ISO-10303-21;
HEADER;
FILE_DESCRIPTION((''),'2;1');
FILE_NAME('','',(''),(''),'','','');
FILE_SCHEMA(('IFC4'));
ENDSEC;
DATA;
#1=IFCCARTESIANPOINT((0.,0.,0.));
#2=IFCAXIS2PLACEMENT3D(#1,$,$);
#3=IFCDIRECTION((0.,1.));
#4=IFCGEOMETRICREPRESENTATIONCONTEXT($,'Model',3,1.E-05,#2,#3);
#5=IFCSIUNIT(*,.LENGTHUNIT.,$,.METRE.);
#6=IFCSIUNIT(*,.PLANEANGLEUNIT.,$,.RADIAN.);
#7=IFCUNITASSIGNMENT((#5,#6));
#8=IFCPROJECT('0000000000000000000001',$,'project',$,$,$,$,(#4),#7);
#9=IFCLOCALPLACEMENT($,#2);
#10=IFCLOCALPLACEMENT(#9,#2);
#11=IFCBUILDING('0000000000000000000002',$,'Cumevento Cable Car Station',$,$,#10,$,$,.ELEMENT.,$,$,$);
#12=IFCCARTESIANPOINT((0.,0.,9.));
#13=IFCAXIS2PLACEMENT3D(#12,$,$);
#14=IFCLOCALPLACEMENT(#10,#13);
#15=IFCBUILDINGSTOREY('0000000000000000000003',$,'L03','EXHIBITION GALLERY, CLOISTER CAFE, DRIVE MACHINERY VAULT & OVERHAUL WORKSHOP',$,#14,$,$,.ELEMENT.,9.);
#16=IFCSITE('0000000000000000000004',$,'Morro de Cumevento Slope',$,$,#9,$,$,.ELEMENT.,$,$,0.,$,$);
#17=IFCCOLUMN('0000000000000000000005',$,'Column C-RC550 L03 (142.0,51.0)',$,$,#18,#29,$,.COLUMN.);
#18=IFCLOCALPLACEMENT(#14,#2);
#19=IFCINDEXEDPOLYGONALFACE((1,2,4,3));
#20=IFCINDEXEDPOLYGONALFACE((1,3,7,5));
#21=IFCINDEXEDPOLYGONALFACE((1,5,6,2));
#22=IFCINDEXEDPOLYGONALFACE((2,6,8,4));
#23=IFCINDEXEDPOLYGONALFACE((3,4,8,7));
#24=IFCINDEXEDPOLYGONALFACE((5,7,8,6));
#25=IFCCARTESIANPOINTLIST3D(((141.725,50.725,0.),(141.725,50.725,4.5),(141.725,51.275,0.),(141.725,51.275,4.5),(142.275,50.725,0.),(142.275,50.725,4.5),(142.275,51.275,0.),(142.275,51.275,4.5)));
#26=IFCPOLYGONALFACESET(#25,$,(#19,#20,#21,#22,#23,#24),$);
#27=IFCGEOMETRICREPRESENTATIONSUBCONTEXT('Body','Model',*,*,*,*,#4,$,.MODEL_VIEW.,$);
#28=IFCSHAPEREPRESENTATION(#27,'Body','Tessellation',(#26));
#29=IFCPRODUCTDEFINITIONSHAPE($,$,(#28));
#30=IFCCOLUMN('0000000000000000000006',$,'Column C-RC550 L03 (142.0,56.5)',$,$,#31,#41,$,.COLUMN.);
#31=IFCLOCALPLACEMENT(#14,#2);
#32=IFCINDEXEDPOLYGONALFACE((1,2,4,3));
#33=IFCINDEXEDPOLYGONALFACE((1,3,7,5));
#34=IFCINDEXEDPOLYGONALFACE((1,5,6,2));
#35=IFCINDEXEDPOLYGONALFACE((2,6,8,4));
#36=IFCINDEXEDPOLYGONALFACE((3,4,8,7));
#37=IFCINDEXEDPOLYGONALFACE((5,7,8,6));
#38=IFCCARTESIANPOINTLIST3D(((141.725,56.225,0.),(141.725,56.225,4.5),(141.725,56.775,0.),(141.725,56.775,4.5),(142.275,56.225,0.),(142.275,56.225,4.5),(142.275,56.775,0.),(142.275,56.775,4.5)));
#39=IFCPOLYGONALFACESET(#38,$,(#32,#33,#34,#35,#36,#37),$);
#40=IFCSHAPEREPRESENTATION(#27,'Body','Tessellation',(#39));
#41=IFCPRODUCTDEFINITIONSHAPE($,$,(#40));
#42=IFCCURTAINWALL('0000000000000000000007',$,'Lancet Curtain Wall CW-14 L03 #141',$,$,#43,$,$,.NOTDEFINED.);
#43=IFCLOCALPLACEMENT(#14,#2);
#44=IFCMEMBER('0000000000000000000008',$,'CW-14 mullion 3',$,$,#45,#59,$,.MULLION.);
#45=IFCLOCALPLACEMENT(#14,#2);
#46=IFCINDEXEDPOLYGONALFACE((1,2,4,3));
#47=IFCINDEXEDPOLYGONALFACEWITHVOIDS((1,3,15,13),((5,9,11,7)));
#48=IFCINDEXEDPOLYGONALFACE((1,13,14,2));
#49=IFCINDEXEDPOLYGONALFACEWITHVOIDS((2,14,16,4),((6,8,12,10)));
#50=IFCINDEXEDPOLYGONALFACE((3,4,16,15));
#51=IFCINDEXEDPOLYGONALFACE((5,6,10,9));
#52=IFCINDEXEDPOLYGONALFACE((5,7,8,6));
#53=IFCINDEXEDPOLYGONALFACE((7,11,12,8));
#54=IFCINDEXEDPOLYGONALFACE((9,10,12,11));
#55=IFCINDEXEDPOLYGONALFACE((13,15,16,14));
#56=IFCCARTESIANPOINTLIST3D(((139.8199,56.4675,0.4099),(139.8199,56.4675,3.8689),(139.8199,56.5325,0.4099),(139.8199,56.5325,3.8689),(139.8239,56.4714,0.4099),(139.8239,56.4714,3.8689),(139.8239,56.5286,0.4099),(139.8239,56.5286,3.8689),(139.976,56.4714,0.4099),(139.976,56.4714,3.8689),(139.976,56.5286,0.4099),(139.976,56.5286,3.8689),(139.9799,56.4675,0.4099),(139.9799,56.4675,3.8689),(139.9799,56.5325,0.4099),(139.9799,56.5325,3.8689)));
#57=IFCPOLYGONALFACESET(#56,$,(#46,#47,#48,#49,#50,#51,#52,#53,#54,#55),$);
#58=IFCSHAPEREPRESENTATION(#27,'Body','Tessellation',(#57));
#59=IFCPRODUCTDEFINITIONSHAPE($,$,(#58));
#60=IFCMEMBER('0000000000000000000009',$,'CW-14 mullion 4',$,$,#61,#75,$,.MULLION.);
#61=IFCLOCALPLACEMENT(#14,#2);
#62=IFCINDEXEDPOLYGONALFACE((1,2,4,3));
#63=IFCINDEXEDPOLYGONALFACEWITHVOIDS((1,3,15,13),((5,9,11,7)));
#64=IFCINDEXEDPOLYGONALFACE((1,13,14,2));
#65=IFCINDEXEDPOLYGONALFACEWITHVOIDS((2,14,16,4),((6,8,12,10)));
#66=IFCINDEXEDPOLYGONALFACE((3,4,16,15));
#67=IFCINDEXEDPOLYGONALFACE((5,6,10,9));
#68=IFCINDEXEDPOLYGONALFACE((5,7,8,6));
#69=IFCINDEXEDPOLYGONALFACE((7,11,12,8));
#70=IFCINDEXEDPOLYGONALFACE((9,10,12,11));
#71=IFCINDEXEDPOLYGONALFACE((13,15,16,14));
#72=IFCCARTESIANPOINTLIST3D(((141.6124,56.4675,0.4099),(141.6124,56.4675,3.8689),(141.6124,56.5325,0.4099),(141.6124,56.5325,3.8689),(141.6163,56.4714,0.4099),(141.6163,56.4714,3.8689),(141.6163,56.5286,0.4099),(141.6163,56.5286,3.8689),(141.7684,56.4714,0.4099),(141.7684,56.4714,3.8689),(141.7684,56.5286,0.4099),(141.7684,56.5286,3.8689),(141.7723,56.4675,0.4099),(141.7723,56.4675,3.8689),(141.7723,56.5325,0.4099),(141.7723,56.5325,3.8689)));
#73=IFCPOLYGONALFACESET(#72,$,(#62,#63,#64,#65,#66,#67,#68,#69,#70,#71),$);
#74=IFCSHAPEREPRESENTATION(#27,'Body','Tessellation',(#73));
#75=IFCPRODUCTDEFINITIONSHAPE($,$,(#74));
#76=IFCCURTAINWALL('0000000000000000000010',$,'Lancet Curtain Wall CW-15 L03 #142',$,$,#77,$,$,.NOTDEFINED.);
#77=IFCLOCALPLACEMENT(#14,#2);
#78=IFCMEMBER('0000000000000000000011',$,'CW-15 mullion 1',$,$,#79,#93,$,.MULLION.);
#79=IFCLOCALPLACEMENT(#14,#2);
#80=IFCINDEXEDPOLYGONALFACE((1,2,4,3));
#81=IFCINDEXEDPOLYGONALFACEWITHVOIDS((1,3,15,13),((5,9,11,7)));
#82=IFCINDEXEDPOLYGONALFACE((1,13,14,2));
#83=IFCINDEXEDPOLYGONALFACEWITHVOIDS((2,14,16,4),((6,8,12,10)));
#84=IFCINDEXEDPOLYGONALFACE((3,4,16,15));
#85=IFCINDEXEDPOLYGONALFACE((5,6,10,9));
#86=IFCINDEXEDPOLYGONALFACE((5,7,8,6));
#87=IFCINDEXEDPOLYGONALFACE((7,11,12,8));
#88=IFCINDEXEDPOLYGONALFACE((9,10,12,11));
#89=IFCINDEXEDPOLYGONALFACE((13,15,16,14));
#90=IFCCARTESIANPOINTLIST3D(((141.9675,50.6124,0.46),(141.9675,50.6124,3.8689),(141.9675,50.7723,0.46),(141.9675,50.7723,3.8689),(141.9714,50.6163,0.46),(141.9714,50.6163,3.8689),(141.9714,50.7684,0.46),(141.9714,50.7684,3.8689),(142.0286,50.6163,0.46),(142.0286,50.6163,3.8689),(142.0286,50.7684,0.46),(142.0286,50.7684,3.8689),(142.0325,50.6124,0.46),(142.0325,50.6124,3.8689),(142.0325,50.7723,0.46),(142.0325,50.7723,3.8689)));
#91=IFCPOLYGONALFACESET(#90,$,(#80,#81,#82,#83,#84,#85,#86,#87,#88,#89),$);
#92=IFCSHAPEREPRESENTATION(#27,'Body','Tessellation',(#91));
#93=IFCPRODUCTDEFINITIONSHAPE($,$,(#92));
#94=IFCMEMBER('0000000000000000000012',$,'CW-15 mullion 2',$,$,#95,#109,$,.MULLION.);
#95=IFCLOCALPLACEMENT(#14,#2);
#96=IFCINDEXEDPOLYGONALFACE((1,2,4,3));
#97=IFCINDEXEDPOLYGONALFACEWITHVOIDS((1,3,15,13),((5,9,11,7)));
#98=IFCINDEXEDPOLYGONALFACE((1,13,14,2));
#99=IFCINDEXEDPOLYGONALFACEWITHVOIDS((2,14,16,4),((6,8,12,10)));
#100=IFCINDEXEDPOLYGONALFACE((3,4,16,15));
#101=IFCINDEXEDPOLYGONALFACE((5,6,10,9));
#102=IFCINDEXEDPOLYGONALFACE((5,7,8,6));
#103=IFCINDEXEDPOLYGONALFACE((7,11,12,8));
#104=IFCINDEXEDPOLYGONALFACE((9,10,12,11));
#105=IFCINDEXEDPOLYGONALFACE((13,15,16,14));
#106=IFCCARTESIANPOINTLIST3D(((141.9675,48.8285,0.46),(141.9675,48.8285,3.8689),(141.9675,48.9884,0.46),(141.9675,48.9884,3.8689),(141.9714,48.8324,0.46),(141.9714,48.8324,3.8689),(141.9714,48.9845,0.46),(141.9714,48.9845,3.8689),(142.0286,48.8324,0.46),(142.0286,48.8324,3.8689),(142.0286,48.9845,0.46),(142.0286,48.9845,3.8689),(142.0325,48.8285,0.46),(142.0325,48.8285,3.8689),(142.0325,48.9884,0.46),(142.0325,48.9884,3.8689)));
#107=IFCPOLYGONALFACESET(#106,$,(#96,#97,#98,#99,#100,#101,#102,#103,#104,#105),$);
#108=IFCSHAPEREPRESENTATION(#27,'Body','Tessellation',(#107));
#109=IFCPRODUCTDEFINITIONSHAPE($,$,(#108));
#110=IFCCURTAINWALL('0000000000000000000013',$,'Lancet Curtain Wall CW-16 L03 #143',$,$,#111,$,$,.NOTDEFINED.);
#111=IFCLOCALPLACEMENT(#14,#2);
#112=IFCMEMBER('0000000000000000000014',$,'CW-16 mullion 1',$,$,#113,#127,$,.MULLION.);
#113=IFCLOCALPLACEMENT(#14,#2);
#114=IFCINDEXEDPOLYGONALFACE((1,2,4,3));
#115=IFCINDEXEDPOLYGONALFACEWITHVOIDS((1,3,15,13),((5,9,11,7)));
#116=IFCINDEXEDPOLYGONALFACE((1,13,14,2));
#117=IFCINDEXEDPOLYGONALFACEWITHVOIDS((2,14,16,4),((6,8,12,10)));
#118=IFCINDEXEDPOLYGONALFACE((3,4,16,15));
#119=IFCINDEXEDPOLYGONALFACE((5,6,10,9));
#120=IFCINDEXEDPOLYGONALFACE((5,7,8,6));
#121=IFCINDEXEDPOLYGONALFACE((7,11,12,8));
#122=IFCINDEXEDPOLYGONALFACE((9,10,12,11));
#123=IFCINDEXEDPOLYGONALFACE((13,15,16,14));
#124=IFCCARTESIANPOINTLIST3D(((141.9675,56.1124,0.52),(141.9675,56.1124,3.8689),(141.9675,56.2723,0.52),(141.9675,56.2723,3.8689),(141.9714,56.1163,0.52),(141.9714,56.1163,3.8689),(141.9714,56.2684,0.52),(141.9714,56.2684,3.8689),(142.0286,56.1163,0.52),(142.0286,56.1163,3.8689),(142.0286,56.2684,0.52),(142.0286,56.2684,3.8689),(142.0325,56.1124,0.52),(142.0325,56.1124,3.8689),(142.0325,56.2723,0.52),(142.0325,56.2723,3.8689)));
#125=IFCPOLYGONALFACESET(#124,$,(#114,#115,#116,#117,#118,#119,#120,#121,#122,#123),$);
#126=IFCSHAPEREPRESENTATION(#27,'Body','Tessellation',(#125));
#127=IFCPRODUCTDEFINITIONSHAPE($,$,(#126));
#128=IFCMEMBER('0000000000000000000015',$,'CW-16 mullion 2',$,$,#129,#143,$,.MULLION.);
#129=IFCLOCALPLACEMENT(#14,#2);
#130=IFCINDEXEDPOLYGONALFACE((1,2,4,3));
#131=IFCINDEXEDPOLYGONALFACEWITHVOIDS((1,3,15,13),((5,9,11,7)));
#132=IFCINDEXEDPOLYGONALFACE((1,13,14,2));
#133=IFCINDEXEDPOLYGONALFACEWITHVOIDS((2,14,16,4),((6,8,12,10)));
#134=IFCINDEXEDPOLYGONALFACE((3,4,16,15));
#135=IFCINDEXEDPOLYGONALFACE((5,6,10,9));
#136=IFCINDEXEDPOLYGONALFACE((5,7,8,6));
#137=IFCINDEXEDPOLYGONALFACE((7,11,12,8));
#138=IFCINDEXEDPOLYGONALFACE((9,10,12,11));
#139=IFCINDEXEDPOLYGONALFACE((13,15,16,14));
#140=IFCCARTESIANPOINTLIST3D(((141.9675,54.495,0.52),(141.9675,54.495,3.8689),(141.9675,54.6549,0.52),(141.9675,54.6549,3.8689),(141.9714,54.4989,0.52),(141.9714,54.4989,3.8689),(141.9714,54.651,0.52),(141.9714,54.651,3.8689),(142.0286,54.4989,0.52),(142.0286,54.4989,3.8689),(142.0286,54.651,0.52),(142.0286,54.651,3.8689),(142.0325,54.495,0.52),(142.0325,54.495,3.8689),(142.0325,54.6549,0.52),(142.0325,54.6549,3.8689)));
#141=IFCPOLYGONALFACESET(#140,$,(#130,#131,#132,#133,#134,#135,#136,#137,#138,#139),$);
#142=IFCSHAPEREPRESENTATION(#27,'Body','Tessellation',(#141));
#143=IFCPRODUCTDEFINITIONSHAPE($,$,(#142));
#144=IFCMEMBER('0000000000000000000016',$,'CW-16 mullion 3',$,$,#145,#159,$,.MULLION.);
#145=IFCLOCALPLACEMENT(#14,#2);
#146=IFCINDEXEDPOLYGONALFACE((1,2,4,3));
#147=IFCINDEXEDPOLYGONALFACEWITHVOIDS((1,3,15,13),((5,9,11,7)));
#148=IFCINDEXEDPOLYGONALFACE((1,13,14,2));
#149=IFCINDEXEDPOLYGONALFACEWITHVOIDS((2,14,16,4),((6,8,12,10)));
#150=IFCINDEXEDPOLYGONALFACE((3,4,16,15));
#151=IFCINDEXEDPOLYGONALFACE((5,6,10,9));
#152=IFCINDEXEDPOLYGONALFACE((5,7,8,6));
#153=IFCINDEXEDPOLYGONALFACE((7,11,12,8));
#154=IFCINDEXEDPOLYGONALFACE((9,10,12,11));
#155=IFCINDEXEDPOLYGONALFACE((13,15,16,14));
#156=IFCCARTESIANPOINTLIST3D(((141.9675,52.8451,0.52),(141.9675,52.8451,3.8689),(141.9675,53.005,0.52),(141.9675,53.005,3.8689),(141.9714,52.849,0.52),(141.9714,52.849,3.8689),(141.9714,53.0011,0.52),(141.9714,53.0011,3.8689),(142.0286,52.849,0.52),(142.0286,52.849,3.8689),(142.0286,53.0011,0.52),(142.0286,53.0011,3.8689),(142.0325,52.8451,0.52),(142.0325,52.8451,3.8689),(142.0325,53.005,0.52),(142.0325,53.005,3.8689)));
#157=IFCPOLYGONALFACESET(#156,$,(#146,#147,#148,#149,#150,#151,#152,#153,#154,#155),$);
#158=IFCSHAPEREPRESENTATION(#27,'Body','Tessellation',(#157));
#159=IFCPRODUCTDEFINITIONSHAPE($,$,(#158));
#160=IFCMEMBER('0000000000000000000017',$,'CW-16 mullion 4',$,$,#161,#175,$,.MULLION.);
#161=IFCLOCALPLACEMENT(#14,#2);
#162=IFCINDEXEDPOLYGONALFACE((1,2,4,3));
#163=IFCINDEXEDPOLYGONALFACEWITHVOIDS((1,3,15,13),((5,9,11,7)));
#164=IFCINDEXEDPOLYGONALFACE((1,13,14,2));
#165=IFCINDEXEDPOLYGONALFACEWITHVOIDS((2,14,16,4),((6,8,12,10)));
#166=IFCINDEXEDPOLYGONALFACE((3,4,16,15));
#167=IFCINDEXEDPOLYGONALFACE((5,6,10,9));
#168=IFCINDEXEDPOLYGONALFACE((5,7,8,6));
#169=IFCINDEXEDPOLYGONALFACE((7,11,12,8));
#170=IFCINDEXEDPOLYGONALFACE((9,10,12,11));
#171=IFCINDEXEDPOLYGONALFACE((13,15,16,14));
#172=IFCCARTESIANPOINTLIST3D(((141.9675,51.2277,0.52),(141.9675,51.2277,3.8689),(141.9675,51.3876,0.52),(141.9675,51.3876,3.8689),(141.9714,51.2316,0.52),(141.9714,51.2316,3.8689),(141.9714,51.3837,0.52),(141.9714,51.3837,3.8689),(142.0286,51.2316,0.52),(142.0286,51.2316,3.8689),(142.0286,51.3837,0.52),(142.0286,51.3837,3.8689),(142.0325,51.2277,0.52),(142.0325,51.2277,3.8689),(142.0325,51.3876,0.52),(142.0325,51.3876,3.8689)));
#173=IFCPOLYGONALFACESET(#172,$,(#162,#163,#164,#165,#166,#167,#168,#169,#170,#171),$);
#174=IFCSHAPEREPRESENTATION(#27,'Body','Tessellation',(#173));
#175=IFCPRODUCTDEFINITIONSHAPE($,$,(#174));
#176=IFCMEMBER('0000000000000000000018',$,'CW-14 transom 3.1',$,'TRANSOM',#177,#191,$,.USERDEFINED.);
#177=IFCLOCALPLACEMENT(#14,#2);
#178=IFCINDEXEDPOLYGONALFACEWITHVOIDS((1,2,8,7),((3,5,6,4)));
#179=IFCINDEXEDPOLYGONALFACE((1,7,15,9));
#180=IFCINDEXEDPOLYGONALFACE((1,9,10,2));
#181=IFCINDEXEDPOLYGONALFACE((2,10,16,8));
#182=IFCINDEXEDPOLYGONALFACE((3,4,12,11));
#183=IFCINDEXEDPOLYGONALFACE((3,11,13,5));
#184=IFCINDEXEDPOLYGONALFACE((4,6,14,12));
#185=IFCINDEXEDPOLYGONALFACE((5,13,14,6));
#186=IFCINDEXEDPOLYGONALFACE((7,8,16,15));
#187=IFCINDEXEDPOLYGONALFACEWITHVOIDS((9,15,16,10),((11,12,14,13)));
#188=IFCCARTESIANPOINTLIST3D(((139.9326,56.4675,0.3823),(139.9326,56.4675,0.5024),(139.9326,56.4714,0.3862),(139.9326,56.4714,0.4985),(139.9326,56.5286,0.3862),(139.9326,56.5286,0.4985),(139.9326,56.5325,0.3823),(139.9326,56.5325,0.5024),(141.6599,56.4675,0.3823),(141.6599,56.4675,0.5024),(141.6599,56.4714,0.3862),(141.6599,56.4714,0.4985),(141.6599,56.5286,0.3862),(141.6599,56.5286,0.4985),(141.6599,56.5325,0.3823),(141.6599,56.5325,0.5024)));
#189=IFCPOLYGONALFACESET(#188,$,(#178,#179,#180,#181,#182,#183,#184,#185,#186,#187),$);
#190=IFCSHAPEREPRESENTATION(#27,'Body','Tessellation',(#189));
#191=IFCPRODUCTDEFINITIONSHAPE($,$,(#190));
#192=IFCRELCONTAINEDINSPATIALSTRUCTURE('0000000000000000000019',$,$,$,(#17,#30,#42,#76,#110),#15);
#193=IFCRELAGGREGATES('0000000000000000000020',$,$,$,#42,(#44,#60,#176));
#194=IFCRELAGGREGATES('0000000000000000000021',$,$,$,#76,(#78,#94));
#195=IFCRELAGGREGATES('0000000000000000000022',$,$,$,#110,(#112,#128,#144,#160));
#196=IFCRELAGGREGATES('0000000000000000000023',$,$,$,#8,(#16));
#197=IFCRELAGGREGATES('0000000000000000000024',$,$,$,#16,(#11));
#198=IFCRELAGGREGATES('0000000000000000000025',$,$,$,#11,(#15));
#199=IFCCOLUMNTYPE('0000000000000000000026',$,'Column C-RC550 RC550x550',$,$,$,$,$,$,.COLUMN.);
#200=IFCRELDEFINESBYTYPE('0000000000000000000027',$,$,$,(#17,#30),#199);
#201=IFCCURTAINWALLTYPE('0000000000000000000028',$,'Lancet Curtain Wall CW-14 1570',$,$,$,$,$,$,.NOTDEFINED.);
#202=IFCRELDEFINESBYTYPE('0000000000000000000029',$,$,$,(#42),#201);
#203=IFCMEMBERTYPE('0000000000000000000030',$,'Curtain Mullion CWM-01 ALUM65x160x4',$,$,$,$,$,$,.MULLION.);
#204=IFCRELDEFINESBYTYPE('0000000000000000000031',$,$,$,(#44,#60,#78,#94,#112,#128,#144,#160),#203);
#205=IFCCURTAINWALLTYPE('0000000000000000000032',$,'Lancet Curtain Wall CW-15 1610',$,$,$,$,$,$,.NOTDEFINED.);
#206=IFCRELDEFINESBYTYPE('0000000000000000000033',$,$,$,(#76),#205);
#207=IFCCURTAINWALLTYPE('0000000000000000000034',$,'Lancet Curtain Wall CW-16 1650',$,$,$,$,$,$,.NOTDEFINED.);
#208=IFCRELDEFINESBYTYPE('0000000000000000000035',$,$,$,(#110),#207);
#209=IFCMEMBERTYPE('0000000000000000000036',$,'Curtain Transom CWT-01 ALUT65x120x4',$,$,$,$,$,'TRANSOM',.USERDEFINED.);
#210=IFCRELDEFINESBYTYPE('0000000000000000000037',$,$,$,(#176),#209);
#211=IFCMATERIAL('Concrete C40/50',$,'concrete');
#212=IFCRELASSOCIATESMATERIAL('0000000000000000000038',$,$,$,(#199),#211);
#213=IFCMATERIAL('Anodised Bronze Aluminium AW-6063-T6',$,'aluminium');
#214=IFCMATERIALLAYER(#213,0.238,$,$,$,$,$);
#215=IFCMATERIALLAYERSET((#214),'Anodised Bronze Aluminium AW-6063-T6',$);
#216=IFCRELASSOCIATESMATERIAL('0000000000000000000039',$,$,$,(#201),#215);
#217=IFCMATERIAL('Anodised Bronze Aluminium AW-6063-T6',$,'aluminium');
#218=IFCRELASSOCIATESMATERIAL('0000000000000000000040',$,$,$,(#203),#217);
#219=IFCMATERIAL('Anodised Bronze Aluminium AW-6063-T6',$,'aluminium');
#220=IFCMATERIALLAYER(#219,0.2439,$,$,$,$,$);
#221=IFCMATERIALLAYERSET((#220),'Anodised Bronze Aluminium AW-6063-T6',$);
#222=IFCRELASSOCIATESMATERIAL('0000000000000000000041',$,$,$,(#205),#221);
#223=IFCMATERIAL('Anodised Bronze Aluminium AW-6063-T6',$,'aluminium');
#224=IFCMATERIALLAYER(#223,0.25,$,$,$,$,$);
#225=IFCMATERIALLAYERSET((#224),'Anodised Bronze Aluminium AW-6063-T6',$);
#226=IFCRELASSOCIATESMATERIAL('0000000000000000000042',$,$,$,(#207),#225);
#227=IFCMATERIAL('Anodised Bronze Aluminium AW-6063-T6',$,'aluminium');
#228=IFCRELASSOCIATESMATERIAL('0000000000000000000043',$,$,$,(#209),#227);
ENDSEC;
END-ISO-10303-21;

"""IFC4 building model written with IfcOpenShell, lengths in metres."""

from ifc_helpers import new_model, si_unit, direction, frame, origin, origin_2d, place, context, subcontext, project, spatial, rectangle, hollow_rectangle, extrude, material, layer, layer_set, material_profile, profile_set, type_object, element, aggregate, save


model = new_model("IFC4")

# Units and contexts
model_context = context("Model", 3, precision=1e-05, world=origin(), true_north=direction((0.0, 1.0)))
body_context = subcontext(model_context, "Body", "Model", "MODEL_VIEW")
ifc_project = project(units=[si_unit("LENGTHUNIT", "METRE"), si_unit("PLANEANGLEUNIT", "RADIAN")], contexts=[model_context])

# Site, building, storey
site_placement = place(None, origin())
site = spatial("IfcSite", under=ifc_project, at=site_placement, Name="Morro de Cumevento Slope", CompositionType="ELEMENT", RefElevation=0.0)
building_placement = place(site_placement, origin())
building = spatial("IfcBuilding", under=site, at=building_placement, Name="Cumevento Cable Car Station", CompositionType="ELEMENT")
storey_placement = place(building_placement, frame((0.0, 0.0, 9.0)))
storey = spatial("IfcBuildingStorey", under=building, at=storey_placement, Name="L03", Description="EXHIBITION GALLERY, CLOISTER CAFE, DRIVE MACHINERY VAULT & OVERHAUL WORKSHOP", CompositionType="ELEMENT", Elevation=9.0)

# Columns
ifc_material_1 = material(Name="Concrete C40/50", Category="concrete")
ifc_material_profile_1 = material_profile(ifc_material_1, rectangle(XDim=0.55, YDim=0.55, at=origin_2d()), Name="RC550x550")
ifc_profile_set_1 = profile_set([ifc_material_profile_1], Name="Concrete C40/50")
column_type = type_object("IfcColumnType", Name="Column C-RC550 RC550x550", PredefinedType="COLUMN", material=ifc_profile_set_1)
for number, where, z_axis, x_axis, name in (
    (1, (142.0, 51.0, 0.0), (0.0, 0.0, 1.0), (1.0, 0.0, 0.0), "Column C-RC550 L03 (142.0,51.0)"),
    (2, (142.0, 56.5, 0.0), (0.0, 0.0, 1.0), (1.0, 0.0, 0.0), "Column C-RC550 L03 (142.0,56.5)"),
):
    element("IfcColumn", number, at=place(storey_placement, frame(where, z_axis=z_axis, x_axis=x_axis)), inside=storey, type_object=column_type, Name=name, PredefinedType="COLUMN", context=body_context, shape_type="SweptSolid", body=[
        extrude(rectangle(XDim=0.55, YDim=0.55, at=origin_2d()), origin(), (0.0, 0.0, 1.0), 4.5),
    ])

# Curtain walls, members
ifc_material_2 = material(Name="Anodised Bronze Aluminium AW-6063-T6", Category="aluminium")
ifc_layer_1 = layer(ifc_material_2, 0.238)
ifc_layer_set_1 = layer_set([ifc_layer_1], Name="Anodised Bronze Aluminium AW-6063-T6")
curtain_wall_type_1 = type_object("IfcCurtainWallType", Name="Lancet Curtain Wall CW-14 1570", PredefinedType="NOTDEFINED", material=ifc_layer_set_1)
curtain_wall_1_placement = place(storey_placement, origin())
curtain_wall_1 = element("IfcCurtainWall", 3, at=curtain_wall_1_placement, inside=storey, type_object=curtain_wall_type_1, Name="Lancet Curtain Wall CW-14 L03 #141", PredefinedType="NOTDEFINED")
ifc_material_3 = material(Name="Anodised Bronze Aluminium AW-6063-T6", Category="aluminium")
ifc_material_profile_2 = material_profile(ifc_material_3, hollow_rectangle(XDim=0.0649, YDim=0.1599, WallThickness=0.0039, at=origin_2d()), Name="ALUM65x160x4")
ifc_profile_set_2 = profile_set([ifc_material_profile_2], Name="Anodised Bronze Aluminium AW-6063-T6")
member_type_1 = type_object("IfcMemberType", Name="Curtain Mullion CWM-01 ALUM65x160x4", PredefinedType="MULLION", material=ifc_profile_set_2)
member_1_placement = place(storey_placement, frame((139.8999, 56.5, 0.4099), z_axis=(0.0, 0.0, 1.0), x_axis=(0.0, 1.0, 0.0)))
member_1 = element("IfcMember", 4, at=member_1_placement, type_object=member_type_1, Name="CW-14 mullion 3", PredefinedType="MULLION", context=body_context, shape_type="SweptSolid", body=[
    extrude(hollow_rectangle(XDim=0.0649, YDim=0.1599, WallThickness=0.0039, at=origin_2d()), origin(), (0.0, 0.0, 1.0), 3.459),
])
member_2_placement = place(storey_placement, frame((141.6924, 56.5, 0.4099), z_axis=(0.0, 0.0, 1.0), x_axis=(0.0, 1.0, 0.0)))
member_2 = element("IfcMember", 5, at=member_2_placement, type_object=member_type_1, Name="CW-14 mullion 4", PredefinedType="MULLION", context=body_context, shape_type="SweptSolid", body=[
    extrude(hollow_rectangle(XDim=0.0649, YDim=0.1599, WallThickness=0.0039, at=origin_2d()), origin(), (0.0, 0.0, 1.0), 3.459),
])
ifc_material_4 = material(Name="Anodised Bronze Aluminium AW-6063-T6", Category="aluminium")
ifc_layer_2 = layer(ifc_material_4, 0.2439)
ifc_layer_set_2 = layer_set([ifc_layer_2], Name="Anodised Bronze Aluminium AW-6063-T6")
curtain_wall_type_2 = type_object("IfcCurtainWallType", Name="Lancet Curtain Wall CW-15 1610", PredefinedType="NOTDEFINED", material=ifc_layer_set_2)
curtain_wall_2_placement = place(storey_placement, origin())
curtain_wall_2 = element("IfcCurtainWall", 6, at=curtain_wall_2_placement, inside=storey, type_object=curtain_wall_type_2, Name="Lancet Curtain Wall CW-15 L03 #142", PredefinedType="NOTDEFINED")
member_3_placement = place(storey_placement, frame((142.0, 50.6924, 0.46), z_axis=(0.0, 0.0, 1.0), x_axis=(1.0, 0.0, 0.0)))
member_3 = element("IfcMember", 7, at=member_3_placement, type_object=member_type_1, Name="CW-15 mullion 1", PredefinedType="MULLION", context=body_context, shape_type="SweptSolid", body=[
    extrude(hollow_rectangle(XDim=0.0649, YDim=0.1599, WallThickness=0.0039, at=origin_2d()), origin(), (0.0, 0.0, 1.0), 3.4089),
])
member_4_placement = place(storey_placement, frame((142.0, 48.9084, 0.46), z_axis=(0.0, 0.0, 1.0), x_axis=(1.0, 0.0, 0.0)))
member_4 = element("IfcMember", 8, at=member_4_placement, type_object=member_type_1, Name="CW-15 mullion 2", PredefinedType="MULLION", context=body_context, shape_type="SweptSolid", body=[
    extrude(hollow_rectangle(XDim=0.0649, YDim=0.1599, WallThickness=0.0039, at=origin_2d()), origin(), (0.0, 0.0, 1.0), 3.4089),
])
ifc_material_5 = material(Name="Anodised Bronze Aluminium AW-6063-T6", Category="aluminium")
ifc_layer_3 = layer(ifc_material_5, 0.25)
ifc_layer_set_3 = layer_set([ifc_layer_3], Name="Anodised Bronze Aluminium AW-6063-T6")
curtain_wall_type_3 = type_object("IfcCurtainWallType", Name="Lancet Curtain Wall CW-16 1650", PredefinedType="NOTDEFINED", material=ifc_layer_set_3)
curtain_wall_3_placement = place(storey_placement, origin())
curtain_wall_3 = element("IfcCurtainWall", 9, at=curtain_wall_3_placement, inside=storey, type_object=curtain_wall_type_3, Name="Lancet Curtain Wall CW-16 L03 #143", PredefinedType="NOTDEFINED")
member_5_placement = place(storey_placement, frame((142.0, 56.1924, 0.52), z_axis=(0.0, 0.0, 1.0), x_axis=(1.0, 0.0, 0.0)))
member_5 = element("IfcMember", 10, at=member_5_placement, type_object=member_type_1, Name="CW-16 mullion 1", PredefinedType="MULLION", context=body_context, shape_type="SweptSolid", body=[
    extrude(hollow_rectangle(XDim=0.0649, YDim=0.1599, WallThickness=0.0039, at=origin_2d()), origin(), (0.0, 0.0, 1.0), 3.3489),
])
member_6_placement = place(storey_placement, frame((142.0, 54.575, 0.52), z_axis=(0.0, 0.0, 1.0), x_axis=(1.0, 0.0, 0.0)))
member_6 = element("IfcMember", 11, at=member_6_placement, type_object=member_type_1, Name="CW-16 mullion 2", PredefinedType="MULLION", context=body_context, shape_type="SweptSolid", body=[
    extrude(hollow_rectangle(XDim=0.0649, YDim=0.1599, WallThickness=0.0039, at=origin_2d()), origin(), (0.0, 0.0, 1.0), 3.3489),
])
member_7_placement = place(storey_placement, frame((142.0, 52.925, 0.52), z_axis=(0.0, 0.0, 1.0), x_axis=(1.0, 0.0, 0.0)))
member_7 = element("IfcMember", 12, at=member_7_placement, type_object=member_type_1, Name="CW-16 mullion 3", PredefinedType="MULLION", context=body_context, shape_type="SweptSolid", body=[
    extrude(hollow_rectangle(XDim=0.0649, YDim=0.1599, WallThickness=0.0039, at=origin_2d()), origin(), (0.0, 0.0, 1.0), 3.3489),
])
member_8_placement = place(storey_placement, frame((142.0, 51.3076, 0.52), z_axis=(0.0, 0.0, 1.0), x_axis=(1.0, 0.0, 0.0)))
member_8 = element("IfcMember", 13, at=member_8_placement, type_object=member_type_1, Name="CW-16 mullion 4", PredefinedType="MULLION", context=body_context, shape_type="SweptSolid", body=[
    extrude(hollow_rectangle(XDim=0.0649, YDim=0.1599, WallThickness=0.0039, at=origin_2d()), origin(), (0.0, 0.0, 1.0), 3.3489),
])

# Member
ifc_material_6 = material(Name="Anodised Bronze Aluminium AW-6063-T6", Category="aluminium")
ifc_material_profile_3 = material_profile(ifc_material_6, hollow_rectangle(XDim=0.0649, YDim=0.1201, WallThickness=0.0039, at=origin_2d()), Name="ALUT65x120x4")
ifc_profile_set_3 = profile_set([ifc_material_profile_3], Name="Anodised Bronze Aluminium AW-6063-T6")
member_type_2 = type_object("IfcMemberType", Name="Curtain Transom CWT-01 ALUT65x120x4", ElementType="TRANSOM", PredefinedType="USERDEFINED", material=ifc_profile_set_3)
member_9_placement = place(storey_placement, frame((139.9326, 56.5, 0.4424), z_axis=(1.0, 0.0, 0.0), x_axis=(0.0, 1.0, 0.0)))
member_9 = element("IfcMember", 14, at=member_9_placement, type_object=member_type_2, Name="CW-14 transom 3.1", ObjectType="TRANSOM", PredefinedType="USERDEFINED", context=body_context, shape_type="SweptSolid", body=[
    extrude(hollow_rectangle(XDim=0.0649, YDim=0.1201, WallThickness=0.0039, at=origin_2d()), origin(), (0.0, 0.0, 1.0), 1.7273),
])

aggregate(curtain_wall_1, [member_1, member_2, member_9])
aggregate(curtain_wall_2, [member_3, member_4])
aggregate(curtain_wall_3, [member_5, member_6, member_7, member_8])

save(model, "model.ifc")
